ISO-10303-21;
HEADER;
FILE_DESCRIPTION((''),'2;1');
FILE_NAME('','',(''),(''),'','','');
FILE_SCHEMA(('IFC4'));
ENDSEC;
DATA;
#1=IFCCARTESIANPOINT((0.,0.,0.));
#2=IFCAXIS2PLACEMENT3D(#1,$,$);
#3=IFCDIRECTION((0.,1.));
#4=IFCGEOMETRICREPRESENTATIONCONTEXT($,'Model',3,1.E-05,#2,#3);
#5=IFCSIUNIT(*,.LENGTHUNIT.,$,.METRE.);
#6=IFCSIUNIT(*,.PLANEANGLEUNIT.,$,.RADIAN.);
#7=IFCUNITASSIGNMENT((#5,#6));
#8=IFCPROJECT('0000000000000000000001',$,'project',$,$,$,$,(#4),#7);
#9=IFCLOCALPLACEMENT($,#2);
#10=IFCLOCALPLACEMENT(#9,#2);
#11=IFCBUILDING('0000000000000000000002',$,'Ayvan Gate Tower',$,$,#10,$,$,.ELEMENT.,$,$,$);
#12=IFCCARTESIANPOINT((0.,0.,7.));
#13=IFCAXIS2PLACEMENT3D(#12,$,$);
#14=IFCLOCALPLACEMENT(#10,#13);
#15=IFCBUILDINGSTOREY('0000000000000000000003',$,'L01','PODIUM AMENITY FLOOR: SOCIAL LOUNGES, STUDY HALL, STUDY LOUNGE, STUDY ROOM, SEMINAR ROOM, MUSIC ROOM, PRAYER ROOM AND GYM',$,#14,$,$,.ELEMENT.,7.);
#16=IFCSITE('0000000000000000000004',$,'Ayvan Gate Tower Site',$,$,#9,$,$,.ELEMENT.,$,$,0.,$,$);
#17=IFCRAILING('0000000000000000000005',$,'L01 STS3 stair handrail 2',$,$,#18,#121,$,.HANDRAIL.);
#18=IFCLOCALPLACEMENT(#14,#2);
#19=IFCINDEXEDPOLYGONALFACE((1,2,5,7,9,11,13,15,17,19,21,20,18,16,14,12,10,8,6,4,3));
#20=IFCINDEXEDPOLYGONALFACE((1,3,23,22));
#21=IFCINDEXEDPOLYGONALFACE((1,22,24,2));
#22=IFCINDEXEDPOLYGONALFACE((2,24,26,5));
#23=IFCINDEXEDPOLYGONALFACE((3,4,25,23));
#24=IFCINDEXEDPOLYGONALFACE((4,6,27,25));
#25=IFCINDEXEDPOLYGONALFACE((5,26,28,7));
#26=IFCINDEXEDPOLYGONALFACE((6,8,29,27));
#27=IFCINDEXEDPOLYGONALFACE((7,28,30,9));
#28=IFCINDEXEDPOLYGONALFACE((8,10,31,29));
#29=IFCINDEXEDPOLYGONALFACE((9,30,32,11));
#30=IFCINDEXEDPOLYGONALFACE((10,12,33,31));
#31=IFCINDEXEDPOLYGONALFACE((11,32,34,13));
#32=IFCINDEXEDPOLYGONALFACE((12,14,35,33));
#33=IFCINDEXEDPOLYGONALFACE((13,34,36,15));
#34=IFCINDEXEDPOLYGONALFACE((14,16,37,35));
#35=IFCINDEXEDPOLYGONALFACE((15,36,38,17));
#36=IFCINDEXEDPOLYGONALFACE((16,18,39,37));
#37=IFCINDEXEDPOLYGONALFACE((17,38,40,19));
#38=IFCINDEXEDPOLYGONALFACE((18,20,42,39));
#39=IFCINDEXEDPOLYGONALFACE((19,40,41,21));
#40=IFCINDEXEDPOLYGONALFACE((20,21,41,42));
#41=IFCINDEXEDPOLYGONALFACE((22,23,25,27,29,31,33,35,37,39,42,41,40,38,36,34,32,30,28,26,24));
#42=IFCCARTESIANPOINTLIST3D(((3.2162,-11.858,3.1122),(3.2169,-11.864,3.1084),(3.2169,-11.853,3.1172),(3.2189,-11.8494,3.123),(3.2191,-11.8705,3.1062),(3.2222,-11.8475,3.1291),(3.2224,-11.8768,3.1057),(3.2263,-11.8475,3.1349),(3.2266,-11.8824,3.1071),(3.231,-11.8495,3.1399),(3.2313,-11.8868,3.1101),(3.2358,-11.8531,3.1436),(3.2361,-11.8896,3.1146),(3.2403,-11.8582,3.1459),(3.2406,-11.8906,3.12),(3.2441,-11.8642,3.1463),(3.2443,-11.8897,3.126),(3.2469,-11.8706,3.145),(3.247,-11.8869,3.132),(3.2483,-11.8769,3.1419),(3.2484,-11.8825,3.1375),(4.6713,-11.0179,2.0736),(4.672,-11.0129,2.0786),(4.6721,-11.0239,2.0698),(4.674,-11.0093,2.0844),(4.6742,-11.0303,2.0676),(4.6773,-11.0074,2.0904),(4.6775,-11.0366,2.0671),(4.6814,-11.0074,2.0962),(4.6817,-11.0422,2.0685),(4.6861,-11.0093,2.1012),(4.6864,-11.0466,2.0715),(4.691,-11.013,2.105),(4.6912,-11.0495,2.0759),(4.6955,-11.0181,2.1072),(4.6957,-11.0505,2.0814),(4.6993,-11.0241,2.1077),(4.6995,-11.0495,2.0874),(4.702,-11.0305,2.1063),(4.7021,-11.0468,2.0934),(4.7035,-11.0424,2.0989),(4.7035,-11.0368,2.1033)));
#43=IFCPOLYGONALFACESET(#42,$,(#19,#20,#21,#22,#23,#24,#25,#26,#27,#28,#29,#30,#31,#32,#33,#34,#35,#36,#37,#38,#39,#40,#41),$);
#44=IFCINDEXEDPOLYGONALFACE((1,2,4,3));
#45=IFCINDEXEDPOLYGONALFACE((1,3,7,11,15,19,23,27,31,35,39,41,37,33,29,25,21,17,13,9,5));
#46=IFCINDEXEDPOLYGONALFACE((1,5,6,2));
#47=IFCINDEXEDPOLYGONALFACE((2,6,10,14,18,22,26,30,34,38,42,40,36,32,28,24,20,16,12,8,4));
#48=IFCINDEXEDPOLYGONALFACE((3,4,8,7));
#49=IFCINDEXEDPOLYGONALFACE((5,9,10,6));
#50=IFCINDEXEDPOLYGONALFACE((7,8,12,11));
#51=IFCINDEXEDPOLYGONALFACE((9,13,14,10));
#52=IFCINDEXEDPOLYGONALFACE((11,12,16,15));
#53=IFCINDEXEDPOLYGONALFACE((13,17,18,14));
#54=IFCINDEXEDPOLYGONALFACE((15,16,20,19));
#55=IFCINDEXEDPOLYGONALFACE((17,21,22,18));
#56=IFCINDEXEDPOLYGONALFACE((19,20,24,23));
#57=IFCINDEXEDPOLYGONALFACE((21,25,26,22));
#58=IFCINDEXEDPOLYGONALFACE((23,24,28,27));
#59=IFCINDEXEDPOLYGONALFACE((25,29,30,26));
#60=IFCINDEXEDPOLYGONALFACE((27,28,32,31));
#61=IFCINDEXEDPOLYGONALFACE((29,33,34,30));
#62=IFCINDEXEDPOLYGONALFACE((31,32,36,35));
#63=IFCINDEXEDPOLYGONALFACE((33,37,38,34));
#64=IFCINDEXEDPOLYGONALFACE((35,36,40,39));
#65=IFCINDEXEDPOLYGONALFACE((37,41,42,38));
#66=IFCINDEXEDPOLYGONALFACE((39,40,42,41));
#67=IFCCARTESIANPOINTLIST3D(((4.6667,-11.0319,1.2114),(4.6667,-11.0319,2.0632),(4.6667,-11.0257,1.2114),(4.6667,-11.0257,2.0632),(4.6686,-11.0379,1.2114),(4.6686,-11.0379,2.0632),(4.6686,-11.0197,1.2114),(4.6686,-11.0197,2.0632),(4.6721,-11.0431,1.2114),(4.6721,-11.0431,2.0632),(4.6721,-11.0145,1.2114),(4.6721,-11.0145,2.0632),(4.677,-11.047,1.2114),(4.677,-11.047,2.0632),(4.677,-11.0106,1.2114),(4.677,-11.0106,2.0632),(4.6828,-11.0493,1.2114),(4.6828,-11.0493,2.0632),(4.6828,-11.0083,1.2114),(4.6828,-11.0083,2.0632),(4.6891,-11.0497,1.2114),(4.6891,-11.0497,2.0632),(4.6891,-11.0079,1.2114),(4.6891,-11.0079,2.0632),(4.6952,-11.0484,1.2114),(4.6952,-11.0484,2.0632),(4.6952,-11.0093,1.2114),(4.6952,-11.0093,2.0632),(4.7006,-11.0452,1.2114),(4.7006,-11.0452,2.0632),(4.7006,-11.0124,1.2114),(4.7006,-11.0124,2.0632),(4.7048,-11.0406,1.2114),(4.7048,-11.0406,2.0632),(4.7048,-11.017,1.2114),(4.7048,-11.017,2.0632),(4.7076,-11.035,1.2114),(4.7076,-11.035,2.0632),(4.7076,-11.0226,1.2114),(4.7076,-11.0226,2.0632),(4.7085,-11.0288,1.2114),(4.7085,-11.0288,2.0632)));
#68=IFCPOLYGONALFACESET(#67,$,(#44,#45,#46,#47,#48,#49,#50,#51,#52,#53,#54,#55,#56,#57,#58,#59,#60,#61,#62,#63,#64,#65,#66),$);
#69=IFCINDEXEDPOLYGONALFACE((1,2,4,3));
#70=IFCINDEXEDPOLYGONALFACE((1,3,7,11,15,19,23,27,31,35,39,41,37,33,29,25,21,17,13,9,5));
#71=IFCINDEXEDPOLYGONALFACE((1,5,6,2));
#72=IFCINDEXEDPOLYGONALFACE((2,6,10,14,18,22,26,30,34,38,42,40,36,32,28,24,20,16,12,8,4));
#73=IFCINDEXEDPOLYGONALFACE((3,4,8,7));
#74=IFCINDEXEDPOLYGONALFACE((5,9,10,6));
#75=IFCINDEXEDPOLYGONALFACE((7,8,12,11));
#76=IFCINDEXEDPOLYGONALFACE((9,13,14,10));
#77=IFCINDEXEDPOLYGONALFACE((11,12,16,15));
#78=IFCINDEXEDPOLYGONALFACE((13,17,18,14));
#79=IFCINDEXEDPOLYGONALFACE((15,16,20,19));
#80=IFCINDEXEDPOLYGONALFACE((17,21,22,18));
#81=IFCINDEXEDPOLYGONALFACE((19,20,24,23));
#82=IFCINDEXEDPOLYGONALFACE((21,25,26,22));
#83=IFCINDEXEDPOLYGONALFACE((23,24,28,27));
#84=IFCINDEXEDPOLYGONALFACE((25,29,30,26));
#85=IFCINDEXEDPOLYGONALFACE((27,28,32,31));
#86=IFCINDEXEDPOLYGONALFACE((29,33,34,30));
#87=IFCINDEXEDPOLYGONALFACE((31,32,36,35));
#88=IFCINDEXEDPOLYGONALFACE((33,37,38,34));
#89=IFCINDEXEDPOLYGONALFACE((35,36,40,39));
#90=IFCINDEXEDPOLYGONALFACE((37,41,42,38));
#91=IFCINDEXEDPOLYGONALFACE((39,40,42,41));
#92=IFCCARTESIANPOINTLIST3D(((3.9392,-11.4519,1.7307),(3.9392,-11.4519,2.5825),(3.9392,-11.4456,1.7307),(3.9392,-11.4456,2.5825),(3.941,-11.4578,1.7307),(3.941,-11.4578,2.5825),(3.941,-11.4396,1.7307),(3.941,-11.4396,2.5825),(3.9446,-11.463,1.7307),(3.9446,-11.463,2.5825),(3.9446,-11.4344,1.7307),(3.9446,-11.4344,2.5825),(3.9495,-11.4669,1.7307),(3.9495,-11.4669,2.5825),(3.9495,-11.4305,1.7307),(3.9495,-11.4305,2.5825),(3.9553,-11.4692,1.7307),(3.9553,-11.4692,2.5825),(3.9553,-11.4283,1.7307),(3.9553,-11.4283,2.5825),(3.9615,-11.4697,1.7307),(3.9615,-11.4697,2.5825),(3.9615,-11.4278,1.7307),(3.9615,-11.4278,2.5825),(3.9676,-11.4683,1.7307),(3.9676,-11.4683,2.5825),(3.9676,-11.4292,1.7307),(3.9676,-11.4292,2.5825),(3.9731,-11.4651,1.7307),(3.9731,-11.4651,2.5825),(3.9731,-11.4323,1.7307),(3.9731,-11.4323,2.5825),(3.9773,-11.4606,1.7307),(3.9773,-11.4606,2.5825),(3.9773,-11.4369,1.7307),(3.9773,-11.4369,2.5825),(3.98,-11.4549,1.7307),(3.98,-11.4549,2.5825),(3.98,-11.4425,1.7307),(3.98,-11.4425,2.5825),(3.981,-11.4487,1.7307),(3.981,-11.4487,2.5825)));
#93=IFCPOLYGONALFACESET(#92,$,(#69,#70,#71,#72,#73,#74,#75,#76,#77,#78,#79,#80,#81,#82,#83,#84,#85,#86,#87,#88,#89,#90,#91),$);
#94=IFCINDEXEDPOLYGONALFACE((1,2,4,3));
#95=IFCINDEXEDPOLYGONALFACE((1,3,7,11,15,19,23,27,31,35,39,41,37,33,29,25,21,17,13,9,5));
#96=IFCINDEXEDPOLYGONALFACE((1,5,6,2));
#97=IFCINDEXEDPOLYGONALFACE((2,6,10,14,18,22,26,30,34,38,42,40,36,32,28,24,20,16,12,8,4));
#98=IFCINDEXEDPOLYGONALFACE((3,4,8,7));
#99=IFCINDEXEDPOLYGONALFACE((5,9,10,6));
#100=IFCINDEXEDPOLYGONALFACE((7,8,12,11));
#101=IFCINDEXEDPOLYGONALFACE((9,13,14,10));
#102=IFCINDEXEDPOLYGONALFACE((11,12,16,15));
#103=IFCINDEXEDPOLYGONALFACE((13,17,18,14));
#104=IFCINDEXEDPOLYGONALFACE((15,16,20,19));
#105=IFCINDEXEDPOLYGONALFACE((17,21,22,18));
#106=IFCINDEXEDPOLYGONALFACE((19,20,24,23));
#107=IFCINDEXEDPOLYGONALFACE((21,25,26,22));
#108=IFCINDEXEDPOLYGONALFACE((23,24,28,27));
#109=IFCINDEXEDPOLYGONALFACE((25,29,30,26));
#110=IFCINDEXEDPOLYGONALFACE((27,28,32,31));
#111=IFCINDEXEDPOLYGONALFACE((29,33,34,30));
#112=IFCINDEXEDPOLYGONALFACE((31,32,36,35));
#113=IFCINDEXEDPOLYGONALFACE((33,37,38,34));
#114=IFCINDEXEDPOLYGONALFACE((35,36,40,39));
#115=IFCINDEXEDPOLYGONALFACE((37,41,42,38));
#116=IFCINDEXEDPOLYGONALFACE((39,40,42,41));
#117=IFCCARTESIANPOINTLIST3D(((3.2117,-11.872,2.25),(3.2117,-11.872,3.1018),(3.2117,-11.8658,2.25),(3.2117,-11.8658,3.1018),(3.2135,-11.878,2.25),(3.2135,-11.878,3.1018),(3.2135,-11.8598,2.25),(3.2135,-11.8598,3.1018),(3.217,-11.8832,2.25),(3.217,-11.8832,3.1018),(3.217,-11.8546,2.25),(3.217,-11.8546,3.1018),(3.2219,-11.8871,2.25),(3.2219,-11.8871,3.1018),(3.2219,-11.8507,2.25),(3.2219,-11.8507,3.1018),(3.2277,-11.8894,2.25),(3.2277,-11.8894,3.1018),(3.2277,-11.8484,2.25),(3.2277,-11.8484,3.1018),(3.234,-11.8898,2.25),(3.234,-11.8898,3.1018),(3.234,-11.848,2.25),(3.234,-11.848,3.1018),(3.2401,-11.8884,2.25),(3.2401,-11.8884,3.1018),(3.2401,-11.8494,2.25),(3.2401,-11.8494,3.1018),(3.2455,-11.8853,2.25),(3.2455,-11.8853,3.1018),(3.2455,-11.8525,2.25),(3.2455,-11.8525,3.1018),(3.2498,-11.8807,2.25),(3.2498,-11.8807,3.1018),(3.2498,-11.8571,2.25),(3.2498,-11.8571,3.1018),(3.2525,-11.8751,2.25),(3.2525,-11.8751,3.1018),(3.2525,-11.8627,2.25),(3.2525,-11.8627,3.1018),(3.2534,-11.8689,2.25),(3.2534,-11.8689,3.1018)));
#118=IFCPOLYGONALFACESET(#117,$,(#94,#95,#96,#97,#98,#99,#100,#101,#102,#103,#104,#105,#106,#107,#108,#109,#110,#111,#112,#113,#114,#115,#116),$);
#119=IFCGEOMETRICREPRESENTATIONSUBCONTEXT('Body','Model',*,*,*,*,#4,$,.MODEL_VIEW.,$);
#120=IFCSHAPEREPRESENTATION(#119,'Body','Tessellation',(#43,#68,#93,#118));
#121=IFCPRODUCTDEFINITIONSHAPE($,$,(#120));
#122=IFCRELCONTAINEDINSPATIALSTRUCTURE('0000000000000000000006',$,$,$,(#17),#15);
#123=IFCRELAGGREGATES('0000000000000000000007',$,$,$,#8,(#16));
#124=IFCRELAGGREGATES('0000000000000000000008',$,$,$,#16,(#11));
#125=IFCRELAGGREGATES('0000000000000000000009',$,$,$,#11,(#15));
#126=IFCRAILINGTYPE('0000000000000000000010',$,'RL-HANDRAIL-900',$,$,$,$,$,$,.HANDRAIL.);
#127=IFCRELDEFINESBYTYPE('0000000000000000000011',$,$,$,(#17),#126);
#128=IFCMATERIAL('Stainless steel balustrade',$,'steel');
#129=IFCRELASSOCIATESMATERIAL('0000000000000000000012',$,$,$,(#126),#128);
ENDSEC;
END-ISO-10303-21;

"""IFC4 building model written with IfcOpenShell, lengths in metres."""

from ifc_helpers import new_model, si_unit, direction, frame, origin, origin_2d, place, context, subcontext, project, spatial, circle, extrude, material, type_object, element, save


model = new_model("IFC4")

# Units and contexts
model_context = context("Model", 3, precision=1e-05, world=origin(), true_north=direction((0.0, 1.0)))
body_context = subcontext(model_context, "Body", "Model", "MODEL_VIEW")
ifc_project = project(units=[si_unit("LENGTHUNIT", "METRE"), si_unit("PLANEANGLEUNIT", "RADIAN")], contexts=[model_context])

# Site, building, storey
site_placement = place(None, origin())
site = spatial("IfcSite", under=ifc_project, at=site_placement, Name="Ayvan Gate Tower Site", CompositionType="ELEMENT", RefElevation=0.0)
building_placement = place(site_placement, origin())
building = spatial("IfcBuilding", under=site, at=building_placement, Name="Ayvan Gate Tower", CompositionType="ELEMENT")
storey_placement = place(building_placement, frame((0.0, 0.0, 7.0)))
storey = spatial("IfcBuildingStorey", under=building, at=storey_placement, Name="L01", Description="PODIUM AMENITY FLOOR: SOCIAL LOUNGES, STUDY HALL, STUDY LOUNGE, STUDY ROOM, SEMINAR ROOM, MUSIC ROOM, PRAYER ROOM AND GYM", CompositionType="ELEMENT", Elevation=7.0)

# Railing
ifc_material_1 = material(Name="Stainless steel balustrade", Category="steel")
railing_type_1 = type_object("IfcRailingType", Name="RL-HANDRAIL-900", PredefinedType="HANDRAIL", material=ifc_material_1)
railing_1_placement = place(storey_placement, frame((4.6875, -11.0288, 1.2114)))
element("IfcRailing", 1, at=railing_1_placement, inside=storey, type_object=railing_type_1, Name="L01 STS3 stair handrail 2", PredefinedType="HANDRAIL", context=body_context, shape_type="SweptSolid", body=[
    extrude(circle(Radius=0.0239, at=origin_2d()), frame((0.0, 0.0, 0.876), z_axis=(-0.736653, -0.425306, 0.525792), x_axis=(0.499999, -0.866026, 0.0)), (0.0, 0.0, 1.0), 1.9753),
    extrude(circle(Radius=0.021, at=origin_2d()), origin(), (0.0, 0.0, 1.0), 0.8518),
    extrude(circle(Radius=0.021, at=origin_2d()), frame((-0.7275, -0.4199, 0.5193)), (0.0, 0.0, 1.0), 0.8518),
    extrude(circle(Radius=0.021, at=origin_2d()), frame((-1.4551, -0.8401, 1.0386)), (0.0, 0.0, 1.0), 0.8518),
])

save(model, "model.ifc")
